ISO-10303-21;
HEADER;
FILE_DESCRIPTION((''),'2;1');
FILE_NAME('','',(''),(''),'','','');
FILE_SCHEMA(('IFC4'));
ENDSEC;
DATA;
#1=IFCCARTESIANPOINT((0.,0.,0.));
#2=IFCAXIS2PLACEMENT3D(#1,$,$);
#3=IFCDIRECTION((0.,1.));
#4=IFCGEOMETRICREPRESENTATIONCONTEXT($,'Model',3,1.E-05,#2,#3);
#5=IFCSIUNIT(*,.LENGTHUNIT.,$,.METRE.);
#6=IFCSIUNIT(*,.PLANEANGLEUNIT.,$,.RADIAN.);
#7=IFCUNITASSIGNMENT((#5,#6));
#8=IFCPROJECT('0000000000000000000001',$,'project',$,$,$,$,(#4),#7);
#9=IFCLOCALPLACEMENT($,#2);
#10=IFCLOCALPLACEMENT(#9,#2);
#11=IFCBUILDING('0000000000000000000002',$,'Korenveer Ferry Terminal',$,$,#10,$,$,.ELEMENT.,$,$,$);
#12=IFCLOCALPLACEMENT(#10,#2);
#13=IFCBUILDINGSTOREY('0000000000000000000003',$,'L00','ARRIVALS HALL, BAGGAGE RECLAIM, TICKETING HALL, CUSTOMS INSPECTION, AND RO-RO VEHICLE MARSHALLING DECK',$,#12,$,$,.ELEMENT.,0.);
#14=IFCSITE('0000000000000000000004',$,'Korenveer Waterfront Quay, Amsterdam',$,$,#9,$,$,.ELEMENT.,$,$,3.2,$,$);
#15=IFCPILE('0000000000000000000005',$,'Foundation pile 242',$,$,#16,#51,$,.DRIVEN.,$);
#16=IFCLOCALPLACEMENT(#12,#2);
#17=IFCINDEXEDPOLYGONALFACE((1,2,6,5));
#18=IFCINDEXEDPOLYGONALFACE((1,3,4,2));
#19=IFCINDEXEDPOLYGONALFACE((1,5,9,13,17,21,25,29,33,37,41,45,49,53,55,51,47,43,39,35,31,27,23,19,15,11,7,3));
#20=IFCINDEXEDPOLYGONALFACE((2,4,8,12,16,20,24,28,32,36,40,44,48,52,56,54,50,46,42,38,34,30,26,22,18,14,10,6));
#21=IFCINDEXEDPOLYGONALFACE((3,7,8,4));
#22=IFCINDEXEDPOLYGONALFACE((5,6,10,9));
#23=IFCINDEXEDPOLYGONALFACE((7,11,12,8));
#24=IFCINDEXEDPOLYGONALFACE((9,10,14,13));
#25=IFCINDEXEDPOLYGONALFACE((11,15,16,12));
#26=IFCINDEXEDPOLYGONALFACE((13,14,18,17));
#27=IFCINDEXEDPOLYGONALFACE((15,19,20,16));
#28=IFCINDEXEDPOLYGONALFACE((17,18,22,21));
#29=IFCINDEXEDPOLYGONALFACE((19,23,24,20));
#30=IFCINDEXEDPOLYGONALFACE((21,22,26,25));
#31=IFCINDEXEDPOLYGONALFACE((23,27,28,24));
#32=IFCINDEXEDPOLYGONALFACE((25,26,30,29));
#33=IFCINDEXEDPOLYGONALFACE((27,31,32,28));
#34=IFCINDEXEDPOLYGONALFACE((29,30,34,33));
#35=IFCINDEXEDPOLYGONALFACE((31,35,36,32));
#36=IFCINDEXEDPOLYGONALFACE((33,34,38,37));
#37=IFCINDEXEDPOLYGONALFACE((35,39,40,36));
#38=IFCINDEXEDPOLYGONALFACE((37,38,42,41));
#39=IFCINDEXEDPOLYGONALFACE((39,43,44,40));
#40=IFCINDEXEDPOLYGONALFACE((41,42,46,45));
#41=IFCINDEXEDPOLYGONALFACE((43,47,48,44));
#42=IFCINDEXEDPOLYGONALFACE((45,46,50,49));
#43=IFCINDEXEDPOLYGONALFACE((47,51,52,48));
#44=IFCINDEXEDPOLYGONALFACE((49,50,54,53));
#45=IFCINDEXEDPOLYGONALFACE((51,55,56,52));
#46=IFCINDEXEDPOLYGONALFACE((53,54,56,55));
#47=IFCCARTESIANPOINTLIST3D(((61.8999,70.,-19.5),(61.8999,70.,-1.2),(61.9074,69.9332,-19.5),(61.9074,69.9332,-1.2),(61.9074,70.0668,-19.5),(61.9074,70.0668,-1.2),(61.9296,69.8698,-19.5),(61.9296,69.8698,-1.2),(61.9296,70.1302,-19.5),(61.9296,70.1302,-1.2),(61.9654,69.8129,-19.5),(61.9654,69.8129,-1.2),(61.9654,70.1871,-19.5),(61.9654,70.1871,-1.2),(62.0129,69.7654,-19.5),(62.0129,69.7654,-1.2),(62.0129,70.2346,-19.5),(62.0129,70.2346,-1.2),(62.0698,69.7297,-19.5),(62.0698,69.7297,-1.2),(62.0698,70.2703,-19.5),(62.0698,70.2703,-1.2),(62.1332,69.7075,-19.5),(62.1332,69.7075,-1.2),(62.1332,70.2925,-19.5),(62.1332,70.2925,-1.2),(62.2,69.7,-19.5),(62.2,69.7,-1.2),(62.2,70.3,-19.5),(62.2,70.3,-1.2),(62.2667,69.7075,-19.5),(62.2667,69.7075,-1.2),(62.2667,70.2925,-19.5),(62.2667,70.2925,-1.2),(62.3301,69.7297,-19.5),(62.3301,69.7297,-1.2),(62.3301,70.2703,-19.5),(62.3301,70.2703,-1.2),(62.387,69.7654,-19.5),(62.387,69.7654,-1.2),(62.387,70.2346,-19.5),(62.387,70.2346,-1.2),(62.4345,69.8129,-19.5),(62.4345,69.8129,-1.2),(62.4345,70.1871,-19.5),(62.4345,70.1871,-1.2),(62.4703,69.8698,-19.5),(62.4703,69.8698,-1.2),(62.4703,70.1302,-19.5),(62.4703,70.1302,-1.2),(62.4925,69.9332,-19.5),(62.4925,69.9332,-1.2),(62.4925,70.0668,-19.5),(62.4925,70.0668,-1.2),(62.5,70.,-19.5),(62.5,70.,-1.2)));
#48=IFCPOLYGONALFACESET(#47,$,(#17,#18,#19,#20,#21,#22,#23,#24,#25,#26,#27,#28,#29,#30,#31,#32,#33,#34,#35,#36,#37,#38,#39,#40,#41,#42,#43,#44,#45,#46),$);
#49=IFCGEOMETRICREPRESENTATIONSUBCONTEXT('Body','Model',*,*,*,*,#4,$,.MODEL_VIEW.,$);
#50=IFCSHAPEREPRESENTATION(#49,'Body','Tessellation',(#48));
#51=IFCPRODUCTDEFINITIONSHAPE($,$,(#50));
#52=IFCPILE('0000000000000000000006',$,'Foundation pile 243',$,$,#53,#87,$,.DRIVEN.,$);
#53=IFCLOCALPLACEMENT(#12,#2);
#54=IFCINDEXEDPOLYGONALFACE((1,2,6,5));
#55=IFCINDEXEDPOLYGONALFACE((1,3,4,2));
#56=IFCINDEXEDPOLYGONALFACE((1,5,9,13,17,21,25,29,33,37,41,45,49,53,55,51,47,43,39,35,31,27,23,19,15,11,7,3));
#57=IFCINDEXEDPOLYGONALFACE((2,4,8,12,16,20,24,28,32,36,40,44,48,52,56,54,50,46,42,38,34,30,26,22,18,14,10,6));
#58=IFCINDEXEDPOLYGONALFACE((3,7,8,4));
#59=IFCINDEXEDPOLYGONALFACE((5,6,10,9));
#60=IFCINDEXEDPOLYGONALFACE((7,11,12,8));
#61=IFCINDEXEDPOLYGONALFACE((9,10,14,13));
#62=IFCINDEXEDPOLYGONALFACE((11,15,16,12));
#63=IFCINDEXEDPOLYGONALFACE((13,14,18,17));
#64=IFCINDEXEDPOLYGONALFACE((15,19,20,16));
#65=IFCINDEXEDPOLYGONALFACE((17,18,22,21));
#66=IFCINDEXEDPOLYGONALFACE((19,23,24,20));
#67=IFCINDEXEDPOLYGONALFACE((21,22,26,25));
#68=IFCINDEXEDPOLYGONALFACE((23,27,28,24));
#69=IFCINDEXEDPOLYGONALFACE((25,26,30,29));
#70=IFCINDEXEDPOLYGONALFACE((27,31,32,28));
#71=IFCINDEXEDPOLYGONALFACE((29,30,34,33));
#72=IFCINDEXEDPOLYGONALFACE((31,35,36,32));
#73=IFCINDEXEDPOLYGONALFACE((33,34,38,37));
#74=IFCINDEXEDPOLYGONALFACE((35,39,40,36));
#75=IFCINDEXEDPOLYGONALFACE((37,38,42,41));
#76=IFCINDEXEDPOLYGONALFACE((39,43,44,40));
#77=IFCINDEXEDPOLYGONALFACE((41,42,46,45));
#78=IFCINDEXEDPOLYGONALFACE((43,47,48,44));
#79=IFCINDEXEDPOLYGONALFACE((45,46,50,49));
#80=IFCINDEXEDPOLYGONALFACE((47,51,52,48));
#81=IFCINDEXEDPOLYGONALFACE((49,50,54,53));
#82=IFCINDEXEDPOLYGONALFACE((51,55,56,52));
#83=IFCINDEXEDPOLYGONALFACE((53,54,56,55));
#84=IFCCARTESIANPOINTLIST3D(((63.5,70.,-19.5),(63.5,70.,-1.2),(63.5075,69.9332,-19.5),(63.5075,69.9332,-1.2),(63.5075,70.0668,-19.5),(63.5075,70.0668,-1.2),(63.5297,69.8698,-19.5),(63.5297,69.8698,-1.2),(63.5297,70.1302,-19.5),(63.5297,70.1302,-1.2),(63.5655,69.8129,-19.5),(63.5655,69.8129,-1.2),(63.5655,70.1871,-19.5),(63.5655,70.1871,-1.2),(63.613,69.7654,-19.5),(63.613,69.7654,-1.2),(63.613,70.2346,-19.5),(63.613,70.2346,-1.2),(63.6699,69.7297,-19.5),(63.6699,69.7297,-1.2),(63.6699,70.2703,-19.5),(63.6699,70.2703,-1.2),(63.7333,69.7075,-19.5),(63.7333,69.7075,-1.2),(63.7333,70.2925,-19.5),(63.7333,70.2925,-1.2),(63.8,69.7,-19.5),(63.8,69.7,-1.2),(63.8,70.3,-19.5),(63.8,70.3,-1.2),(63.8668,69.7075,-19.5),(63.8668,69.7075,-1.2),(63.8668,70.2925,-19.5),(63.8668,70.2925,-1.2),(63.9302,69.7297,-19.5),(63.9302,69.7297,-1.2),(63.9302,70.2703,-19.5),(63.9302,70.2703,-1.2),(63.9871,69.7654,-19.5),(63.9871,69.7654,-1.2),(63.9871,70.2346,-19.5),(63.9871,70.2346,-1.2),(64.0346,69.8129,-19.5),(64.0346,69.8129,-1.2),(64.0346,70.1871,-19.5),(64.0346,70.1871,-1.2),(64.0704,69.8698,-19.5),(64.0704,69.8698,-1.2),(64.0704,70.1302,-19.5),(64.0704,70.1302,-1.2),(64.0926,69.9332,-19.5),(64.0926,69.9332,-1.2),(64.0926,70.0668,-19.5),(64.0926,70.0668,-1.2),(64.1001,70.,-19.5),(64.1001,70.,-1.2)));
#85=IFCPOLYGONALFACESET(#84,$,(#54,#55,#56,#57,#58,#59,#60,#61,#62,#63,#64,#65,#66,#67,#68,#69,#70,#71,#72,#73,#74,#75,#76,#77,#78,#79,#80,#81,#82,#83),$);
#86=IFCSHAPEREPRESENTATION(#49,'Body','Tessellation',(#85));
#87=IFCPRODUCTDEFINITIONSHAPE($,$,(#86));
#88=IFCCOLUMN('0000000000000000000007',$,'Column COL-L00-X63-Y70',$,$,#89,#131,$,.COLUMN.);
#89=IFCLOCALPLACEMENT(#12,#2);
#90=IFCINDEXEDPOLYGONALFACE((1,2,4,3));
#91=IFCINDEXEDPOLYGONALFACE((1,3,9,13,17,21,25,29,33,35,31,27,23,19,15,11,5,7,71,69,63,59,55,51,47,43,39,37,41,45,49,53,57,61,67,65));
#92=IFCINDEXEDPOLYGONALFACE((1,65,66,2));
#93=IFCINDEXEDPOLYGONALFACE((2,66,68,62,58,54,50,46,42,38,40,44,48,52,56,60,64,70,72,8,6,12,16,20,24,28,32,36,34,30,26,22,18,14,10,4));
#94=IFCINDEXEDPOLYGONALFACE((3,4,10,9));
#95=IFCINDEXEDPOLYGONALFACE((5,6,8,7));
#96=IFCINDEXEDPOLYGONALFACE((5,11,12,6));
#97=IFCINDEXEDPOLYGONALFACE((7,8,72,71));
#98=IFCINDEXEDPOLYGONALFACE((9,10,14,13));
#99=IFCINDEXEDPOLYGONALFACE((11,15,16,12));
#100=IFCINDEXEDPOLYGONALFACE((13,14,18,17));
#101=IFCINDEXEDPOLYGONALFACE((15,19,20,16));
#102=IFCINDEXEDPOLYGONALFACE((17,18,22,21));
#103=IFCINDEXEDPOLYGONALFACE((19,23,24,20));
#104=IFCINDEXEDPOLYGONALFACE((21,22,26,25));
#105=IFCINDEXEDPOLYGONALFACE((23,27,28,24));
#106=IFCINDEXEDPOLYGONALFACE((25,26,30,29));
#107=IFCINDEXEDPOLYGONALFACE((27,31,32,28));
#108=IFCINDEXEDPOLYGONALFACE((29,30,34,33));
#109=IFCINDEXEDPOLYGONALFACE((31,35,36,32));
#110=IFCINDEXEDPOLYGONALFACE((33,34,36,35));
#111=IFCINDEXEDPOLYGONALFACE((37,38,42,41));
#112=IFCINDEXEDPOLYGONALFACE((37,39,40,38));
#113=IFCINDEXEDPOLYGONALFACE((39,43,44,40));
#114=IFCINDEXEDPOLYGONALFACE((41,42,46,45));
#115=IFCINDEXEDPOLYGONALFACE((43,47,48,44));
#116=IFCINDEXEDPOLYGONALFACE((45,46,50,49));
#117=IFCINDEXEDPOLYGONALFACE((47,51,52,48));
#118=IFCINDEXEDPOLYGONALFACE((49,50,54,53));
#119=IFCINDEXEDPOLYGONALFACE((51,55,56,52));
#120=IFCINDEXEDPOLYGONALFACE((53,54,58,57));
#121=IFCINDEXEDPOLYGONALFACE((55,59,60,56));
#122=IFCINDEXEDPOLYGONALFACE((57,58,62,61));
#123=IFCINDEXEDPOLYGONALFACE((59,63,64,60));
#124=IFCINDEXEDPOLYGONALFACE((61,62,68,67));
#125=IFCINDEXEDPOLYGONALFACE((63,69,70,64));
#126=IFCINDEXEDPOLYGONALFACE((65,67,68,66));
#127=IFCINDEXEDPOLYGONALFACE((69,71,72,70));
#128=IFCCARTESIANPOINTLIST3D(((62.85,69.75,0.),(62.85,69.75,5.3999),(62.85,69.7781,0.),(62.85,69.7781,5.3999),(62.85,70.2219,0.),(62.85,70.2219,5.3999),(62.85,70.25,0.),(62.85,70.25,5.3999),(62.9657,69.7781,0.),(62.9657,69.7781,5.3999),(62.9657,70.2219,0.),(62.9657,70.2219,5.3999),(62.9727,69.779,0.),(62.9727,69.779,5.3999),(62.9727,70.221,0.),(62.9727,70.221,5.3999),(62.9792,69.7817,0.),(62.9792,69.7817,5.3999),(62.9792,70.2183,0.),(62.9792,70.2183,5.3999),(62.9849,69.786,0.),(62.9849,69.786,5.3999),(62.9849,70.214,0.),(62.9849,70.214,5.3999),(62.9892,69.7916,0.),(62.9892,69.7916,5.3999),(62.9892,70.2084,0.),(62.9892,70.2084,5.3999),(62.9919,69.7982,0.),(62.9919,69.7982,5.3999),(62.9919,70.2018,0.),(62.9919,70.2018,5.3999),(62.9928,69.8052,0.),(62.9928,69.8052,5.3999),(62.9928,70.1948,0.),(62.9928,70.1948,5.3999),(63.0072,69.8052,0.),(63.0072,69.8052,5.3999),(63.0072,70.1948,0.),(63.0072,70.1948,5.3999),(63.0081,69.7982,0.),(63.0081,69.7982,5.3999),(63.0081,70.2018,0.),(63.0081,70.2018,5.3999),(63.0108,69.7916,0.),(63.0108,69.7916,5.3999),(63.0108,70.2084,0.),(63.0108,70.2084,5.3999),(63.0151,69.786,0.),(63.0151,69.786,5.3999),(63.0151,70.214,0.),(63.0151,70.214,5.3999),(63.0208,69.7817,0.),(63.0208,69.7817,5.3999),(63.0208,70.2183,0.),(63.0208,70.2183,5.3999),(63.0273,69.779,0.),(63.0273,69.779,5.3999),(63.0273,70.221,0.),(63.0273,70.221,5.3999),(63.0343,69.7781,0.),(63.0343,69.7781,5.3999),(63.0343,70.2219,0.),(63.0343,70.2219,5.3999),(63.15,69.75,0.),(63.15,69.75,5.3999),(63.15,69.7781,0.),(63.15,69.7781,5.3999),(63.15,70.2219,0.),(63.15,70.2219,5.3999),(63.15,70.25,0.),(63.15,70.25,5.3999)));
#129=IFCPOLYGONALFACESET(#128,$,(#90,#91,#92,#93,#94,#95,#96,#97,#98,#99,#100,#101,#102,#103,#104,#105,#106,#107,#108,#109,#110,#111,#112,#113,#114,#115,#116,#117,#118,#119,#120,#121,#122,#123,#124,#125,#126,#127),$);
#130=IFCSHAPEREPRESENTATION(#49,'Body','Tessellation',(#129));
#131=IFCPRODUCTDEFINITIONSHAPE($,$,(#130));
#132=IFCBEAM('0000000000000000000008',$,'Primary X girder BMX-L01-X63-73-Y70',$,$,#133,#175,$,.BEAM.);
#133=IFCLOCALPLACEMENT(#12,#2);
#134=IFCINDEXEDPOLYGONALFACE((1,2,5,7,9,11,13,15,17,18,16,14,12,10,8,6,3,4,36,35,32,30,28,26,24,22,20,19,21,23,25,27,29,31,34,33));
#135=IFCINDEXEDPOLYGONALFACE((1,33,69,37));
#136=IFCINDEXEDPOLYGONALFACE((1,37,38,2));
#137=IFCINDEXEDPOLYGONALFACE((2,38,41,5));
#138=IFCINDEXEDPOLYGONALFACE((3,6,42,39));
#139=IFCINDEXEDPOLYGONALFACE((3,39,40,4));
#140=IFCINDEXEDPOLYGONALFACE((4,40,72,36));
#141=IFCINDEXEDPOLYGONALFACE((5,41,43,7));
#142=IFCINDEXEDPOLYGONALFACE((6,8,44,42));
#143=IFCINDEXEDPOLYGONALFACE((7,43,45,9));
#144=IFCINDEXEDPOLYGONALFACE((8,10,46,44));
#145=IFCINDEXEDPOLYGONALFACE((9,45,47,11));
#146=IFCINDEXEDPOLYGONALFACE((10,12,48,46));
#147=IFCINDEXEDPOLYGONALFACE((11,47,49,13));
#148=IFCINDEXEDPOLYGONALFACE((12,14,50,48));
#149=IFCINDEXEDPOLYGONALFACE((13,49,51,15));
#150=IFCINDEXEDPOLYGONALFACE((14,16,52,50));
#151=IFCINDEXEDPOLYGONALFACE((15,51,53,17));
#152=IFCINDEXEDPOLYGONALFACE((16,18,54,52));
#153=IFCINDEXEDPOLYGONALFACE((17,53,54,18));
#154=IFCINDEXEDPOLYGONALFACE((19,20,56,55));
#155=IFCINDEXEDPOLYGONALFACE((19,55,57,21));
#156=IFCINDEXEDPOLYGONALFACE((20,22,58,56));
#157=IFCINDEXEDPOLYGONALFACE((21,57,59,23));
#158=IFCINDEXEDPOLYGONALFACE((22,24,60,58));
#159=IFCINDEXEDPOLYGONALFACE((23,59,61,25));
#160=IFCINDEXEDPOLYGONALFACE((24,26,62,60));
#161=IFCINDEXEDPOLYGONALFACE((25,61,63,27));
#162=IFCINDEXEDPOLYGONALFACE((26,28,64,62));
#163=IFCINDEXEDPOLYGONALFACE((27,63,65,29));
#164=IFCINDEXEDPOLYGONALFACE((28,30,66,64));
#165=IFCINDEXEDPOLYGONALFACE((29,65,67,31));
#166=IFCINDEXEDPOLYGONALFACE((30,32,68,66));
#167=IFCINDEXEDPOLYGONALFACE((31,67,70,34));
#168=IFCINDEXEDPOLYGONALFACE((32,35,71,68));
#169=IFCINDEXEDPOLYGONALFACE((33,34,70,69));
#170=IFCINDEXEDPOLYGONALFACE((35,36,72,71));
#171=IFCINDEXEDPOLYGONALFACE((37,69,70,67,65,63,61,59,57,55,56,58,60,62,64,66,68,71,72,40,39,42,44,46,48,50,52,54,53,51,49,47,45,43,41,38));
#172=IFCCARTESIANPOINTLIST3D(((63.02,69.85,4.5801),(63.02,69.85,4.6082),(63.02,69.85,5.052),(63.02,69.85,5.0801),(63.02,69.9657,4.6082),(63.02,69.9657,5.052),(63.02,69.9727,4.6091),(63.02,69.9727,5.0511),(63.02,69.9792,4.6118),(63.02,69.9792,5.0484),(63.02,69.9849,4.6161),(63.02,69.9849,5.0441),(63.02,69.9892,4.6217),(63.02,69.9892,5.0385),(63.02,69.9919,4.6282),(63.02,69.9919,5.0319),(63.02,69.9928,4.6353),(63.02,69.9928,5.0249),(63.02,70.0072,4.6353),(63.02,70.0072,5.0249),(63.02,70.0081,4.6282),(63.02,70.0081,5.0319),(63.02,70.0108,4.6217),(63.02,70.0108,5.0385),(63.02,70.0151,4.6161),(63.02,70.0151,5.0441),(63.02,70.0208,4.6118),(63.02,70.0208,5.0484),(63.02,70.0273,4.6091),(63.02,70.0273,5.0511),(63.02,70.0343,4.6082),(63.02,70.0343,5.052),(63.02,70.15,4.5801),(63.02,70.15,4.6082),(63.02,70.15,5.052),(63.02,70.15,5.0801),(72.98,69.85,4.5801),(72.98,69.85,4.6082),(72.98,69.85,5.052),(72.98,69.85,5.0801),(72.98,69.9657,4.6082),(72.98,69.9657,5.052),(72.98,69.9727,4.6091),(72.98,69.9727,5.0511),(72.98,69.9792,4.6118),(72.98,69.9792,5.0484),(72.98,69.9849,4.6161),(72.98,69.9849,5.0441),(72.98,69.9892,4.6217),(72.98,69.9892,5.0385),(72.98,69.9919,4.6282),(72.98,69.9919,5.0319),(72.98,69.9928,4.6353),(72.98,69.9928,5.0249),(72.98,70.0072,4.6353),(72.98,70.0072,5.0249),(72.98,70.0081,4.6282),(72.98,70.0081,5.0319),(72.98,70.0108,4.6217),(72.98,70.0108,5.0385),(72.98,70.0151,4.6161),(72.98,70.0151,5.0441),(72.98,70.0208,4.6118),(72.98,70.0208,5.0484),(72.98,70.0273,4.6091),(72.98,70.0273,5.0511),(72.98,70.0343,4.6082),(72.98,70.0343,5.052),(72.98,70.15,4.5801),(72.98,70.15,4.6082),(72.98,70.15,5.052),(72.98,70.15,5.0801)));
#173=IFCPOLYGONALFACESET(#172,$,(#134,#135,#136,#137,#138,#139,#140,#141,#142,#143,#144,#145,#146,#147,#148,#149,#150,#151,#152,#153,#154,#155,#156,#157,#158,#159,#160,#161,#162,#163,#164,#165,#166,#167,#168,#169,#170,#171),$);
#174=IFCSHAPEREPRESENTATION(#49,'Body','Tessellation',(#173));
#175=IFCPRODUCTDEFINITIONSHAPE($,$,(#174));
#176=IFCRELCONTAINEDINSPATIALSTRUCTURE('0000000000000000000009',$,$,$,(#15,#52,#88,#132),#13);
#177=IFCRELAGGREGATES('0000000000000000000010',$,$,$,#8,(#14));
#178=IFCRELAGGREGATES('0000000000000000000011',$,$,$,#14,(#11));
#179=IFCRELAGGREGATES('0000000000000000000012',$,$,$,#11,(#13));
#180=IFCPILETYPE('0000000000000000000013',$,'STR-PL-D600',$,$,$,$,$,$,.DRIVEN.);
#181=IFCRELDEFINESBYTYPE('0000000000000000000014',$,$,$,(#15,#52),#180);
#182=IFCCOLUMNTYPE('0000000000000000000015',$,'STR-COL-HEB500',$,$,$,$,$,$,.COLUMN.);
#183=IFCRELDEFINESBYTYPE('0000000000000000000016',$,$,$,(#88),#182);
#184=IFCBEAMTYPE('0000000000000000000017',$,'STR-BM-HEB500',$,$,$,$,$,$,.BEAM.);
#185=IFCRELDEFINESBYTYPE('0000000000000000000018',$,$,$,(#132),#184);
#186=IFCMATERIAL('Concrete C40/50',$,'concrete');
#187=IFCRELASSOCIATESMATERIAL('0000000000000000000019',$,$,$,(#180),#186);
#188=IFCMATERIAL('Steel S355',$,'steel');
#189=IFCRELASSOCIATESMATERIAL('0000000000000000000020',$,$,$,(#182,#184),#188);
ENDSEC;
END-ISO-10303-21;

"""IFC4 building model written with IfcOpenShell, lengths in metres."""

from ifc_helpers import new_model, si_unit, direction, frame, origin, origin_2d, place, context, subcontext, project, spatial, circle, i_section, extrude, material, material_profile, profile_set, type_object, element, save


model = new_model("IFC4")

# Units and contexts
model_context = context("Model", 3, precision=1e-05, world=origin(), true_north=direction((0.0, 1.0)))
body_context = subcontext(model_context, "Body", "Model", "MODEL_VIEW")
ifc_project = project(units=[si_unit("LENGTHUNIT", "METRE"), si_unit("PLANEANGLEUNIT", "RADIAN")], contexts=[model_context])

# Site, building, storey
site_placement = place(None, origin())
site = spatial("IfcSite", under=ifc_project, at=site_placement, Name="Korenveer Waterfront Quay, Amsterdam", CompositionType="ELEMENT", RefElevation=3.2)
building_placement = place(site_placement, origin())
building = spatial("IfcBuilding", under=site, at=building_placement, Name="Korenveer Ferry Terminal", CompositionType="ELEMENT")
storey_placement = place(building_placement, origin())
storey = spatial("IfcBuildingStorey", under=building, at=storey_placement, Name="L00", Description="ARRIVALS HALL, BAGGAGE RECLAIM, TICKETING HALL, CUSTOMS INSPECTION, AND RO-RO VEHICLE MARSHALLING DECK", CompositionType="ELEMENT", Elevation=0.0)

# Shared definitions
ifc_material_1 = material(Name="Concrete C40/50", Category="concrete")

# Piles
ifc_material_profile_1 = material_profile(ifc_material_1, circle(Radius=0.3, at=origin_2d()), Name="PILE D600")
ifc_profile_set_1 = profile_set([ifc_material_profile_1], Name="Concrete C40/50")
pile_type_1 = type_object("IfcPileType", Name="STR-PL-D600", PredefinedType="DRIVEN", material=ifc_profile_set_1)
for number, where, z_axis, x_axis, name in (
    (1, (62.2, 70.0, -1.2), (0.0, 0.0, -1.0), (1.0, 0.0, 0.0), "Foundation pile 242"),
    (2, (63.8, 70.0, -1.2), (0.0, 0.0, -1.0), (1.0, 0.0, 0.0), "Foundation pile 243"),
):
    element("IfcPile", number, at=place(storey_placement, frame(where, z_axis=z_axis, x_axis=x_axis)), inside=storey, type_object=pile_type_1, Name=name, PredefinedType="DRIVEN", context=body_context, shape_type="SweptSolid", body=[
        extrude(circle(Radius=0.3, at=origin_2d()), origin(), (0.0, 0.0, 1.0), 18.3),
    ])

# Column
ifc_material_2 = material(Name="Steel S355", Category="steel")
ifc_material_profile_2 = material_profile(ifc_material_2, i_section(OverallWidth=0.3, OverallDepth=0.5, WebThickness=0.0144, FlangeThickness=0.0281, FilletRadius=0.0271, at=origin_2d()), Name="HEB 500")
ifc_profile_set_2 = profile_set([ifc_material_profile_2], Name="Steel S355")
column_type = type_object("IfcColumnType", Name="STR-COL-HEB500", PredefinedType="COLUMN", material=ifc_profile_set_2)
column_placement = place(storey_placement, frame((63.0, 70.0, 0.0), z_axis=(0.0, 0.0, 1.0), x_axis=(1.0, 0.0, 0.0)))
element("IfcColumn", 3, at=column_placement, inside=storey, type_object=column_type, Name="Column COL-L00-X63-Y70", PredefinedType="COLUMN", context=body_context, shape_type="SweptSolid", body=[
    extrude(i_section(OverallWidth=0.3, OverallDepth=0.5, WebThickness=0.0144, FlangeThickness=0.0281, FilletRadius=0.0271, at=origin_2d()), origin(), (0.0, 0.0, 1.0), 5.3999),
])

# Beam
ifc_material_profile_3 = material_profile(ifc_material_2, i_section(OverallWidth=0.3, OverallDepth=0.5, WebThickness=0.0144, FlangeThickness=0.0281, FilletRadius=0.0271, at=origin_2d()), Name="HEB 500")
ifc_profile_set_3 = profile_set([ifc_material_profile_3], Name="Steel S355")
beam_type_1 = type_object("IfcBeamType", Name="STR-BM-HEB500", PredefinedType="BEAM", material=ifc_profile_set_3)
beam_1_placement = place(storey_placement, frame((63.02, 70.0, 4.8301), z_axis=(1.0, 0.0, 0.0), x_axis=(0.0, 1.0, 0.0)))
element("IfcBeam", 4, at=beam_1_placement, inside=storey, type_object=beam_type_1, Name="Primary X girder BMX-L01-X63-73-Y70", PredefinedType="BEAM", context=body_context, shape_type="SweptSolid", body=[
    extrude(i_section(OverallWidth=0.3, OverallDepth=0.5, WebThickness=0.0144, FlangeThickness=0.0281, FilletRadius=0.0271, at=origin_2d()), origin(), (0.0, 0.0, 1.0), 9.96),
])

save(model, "model.ifc")
